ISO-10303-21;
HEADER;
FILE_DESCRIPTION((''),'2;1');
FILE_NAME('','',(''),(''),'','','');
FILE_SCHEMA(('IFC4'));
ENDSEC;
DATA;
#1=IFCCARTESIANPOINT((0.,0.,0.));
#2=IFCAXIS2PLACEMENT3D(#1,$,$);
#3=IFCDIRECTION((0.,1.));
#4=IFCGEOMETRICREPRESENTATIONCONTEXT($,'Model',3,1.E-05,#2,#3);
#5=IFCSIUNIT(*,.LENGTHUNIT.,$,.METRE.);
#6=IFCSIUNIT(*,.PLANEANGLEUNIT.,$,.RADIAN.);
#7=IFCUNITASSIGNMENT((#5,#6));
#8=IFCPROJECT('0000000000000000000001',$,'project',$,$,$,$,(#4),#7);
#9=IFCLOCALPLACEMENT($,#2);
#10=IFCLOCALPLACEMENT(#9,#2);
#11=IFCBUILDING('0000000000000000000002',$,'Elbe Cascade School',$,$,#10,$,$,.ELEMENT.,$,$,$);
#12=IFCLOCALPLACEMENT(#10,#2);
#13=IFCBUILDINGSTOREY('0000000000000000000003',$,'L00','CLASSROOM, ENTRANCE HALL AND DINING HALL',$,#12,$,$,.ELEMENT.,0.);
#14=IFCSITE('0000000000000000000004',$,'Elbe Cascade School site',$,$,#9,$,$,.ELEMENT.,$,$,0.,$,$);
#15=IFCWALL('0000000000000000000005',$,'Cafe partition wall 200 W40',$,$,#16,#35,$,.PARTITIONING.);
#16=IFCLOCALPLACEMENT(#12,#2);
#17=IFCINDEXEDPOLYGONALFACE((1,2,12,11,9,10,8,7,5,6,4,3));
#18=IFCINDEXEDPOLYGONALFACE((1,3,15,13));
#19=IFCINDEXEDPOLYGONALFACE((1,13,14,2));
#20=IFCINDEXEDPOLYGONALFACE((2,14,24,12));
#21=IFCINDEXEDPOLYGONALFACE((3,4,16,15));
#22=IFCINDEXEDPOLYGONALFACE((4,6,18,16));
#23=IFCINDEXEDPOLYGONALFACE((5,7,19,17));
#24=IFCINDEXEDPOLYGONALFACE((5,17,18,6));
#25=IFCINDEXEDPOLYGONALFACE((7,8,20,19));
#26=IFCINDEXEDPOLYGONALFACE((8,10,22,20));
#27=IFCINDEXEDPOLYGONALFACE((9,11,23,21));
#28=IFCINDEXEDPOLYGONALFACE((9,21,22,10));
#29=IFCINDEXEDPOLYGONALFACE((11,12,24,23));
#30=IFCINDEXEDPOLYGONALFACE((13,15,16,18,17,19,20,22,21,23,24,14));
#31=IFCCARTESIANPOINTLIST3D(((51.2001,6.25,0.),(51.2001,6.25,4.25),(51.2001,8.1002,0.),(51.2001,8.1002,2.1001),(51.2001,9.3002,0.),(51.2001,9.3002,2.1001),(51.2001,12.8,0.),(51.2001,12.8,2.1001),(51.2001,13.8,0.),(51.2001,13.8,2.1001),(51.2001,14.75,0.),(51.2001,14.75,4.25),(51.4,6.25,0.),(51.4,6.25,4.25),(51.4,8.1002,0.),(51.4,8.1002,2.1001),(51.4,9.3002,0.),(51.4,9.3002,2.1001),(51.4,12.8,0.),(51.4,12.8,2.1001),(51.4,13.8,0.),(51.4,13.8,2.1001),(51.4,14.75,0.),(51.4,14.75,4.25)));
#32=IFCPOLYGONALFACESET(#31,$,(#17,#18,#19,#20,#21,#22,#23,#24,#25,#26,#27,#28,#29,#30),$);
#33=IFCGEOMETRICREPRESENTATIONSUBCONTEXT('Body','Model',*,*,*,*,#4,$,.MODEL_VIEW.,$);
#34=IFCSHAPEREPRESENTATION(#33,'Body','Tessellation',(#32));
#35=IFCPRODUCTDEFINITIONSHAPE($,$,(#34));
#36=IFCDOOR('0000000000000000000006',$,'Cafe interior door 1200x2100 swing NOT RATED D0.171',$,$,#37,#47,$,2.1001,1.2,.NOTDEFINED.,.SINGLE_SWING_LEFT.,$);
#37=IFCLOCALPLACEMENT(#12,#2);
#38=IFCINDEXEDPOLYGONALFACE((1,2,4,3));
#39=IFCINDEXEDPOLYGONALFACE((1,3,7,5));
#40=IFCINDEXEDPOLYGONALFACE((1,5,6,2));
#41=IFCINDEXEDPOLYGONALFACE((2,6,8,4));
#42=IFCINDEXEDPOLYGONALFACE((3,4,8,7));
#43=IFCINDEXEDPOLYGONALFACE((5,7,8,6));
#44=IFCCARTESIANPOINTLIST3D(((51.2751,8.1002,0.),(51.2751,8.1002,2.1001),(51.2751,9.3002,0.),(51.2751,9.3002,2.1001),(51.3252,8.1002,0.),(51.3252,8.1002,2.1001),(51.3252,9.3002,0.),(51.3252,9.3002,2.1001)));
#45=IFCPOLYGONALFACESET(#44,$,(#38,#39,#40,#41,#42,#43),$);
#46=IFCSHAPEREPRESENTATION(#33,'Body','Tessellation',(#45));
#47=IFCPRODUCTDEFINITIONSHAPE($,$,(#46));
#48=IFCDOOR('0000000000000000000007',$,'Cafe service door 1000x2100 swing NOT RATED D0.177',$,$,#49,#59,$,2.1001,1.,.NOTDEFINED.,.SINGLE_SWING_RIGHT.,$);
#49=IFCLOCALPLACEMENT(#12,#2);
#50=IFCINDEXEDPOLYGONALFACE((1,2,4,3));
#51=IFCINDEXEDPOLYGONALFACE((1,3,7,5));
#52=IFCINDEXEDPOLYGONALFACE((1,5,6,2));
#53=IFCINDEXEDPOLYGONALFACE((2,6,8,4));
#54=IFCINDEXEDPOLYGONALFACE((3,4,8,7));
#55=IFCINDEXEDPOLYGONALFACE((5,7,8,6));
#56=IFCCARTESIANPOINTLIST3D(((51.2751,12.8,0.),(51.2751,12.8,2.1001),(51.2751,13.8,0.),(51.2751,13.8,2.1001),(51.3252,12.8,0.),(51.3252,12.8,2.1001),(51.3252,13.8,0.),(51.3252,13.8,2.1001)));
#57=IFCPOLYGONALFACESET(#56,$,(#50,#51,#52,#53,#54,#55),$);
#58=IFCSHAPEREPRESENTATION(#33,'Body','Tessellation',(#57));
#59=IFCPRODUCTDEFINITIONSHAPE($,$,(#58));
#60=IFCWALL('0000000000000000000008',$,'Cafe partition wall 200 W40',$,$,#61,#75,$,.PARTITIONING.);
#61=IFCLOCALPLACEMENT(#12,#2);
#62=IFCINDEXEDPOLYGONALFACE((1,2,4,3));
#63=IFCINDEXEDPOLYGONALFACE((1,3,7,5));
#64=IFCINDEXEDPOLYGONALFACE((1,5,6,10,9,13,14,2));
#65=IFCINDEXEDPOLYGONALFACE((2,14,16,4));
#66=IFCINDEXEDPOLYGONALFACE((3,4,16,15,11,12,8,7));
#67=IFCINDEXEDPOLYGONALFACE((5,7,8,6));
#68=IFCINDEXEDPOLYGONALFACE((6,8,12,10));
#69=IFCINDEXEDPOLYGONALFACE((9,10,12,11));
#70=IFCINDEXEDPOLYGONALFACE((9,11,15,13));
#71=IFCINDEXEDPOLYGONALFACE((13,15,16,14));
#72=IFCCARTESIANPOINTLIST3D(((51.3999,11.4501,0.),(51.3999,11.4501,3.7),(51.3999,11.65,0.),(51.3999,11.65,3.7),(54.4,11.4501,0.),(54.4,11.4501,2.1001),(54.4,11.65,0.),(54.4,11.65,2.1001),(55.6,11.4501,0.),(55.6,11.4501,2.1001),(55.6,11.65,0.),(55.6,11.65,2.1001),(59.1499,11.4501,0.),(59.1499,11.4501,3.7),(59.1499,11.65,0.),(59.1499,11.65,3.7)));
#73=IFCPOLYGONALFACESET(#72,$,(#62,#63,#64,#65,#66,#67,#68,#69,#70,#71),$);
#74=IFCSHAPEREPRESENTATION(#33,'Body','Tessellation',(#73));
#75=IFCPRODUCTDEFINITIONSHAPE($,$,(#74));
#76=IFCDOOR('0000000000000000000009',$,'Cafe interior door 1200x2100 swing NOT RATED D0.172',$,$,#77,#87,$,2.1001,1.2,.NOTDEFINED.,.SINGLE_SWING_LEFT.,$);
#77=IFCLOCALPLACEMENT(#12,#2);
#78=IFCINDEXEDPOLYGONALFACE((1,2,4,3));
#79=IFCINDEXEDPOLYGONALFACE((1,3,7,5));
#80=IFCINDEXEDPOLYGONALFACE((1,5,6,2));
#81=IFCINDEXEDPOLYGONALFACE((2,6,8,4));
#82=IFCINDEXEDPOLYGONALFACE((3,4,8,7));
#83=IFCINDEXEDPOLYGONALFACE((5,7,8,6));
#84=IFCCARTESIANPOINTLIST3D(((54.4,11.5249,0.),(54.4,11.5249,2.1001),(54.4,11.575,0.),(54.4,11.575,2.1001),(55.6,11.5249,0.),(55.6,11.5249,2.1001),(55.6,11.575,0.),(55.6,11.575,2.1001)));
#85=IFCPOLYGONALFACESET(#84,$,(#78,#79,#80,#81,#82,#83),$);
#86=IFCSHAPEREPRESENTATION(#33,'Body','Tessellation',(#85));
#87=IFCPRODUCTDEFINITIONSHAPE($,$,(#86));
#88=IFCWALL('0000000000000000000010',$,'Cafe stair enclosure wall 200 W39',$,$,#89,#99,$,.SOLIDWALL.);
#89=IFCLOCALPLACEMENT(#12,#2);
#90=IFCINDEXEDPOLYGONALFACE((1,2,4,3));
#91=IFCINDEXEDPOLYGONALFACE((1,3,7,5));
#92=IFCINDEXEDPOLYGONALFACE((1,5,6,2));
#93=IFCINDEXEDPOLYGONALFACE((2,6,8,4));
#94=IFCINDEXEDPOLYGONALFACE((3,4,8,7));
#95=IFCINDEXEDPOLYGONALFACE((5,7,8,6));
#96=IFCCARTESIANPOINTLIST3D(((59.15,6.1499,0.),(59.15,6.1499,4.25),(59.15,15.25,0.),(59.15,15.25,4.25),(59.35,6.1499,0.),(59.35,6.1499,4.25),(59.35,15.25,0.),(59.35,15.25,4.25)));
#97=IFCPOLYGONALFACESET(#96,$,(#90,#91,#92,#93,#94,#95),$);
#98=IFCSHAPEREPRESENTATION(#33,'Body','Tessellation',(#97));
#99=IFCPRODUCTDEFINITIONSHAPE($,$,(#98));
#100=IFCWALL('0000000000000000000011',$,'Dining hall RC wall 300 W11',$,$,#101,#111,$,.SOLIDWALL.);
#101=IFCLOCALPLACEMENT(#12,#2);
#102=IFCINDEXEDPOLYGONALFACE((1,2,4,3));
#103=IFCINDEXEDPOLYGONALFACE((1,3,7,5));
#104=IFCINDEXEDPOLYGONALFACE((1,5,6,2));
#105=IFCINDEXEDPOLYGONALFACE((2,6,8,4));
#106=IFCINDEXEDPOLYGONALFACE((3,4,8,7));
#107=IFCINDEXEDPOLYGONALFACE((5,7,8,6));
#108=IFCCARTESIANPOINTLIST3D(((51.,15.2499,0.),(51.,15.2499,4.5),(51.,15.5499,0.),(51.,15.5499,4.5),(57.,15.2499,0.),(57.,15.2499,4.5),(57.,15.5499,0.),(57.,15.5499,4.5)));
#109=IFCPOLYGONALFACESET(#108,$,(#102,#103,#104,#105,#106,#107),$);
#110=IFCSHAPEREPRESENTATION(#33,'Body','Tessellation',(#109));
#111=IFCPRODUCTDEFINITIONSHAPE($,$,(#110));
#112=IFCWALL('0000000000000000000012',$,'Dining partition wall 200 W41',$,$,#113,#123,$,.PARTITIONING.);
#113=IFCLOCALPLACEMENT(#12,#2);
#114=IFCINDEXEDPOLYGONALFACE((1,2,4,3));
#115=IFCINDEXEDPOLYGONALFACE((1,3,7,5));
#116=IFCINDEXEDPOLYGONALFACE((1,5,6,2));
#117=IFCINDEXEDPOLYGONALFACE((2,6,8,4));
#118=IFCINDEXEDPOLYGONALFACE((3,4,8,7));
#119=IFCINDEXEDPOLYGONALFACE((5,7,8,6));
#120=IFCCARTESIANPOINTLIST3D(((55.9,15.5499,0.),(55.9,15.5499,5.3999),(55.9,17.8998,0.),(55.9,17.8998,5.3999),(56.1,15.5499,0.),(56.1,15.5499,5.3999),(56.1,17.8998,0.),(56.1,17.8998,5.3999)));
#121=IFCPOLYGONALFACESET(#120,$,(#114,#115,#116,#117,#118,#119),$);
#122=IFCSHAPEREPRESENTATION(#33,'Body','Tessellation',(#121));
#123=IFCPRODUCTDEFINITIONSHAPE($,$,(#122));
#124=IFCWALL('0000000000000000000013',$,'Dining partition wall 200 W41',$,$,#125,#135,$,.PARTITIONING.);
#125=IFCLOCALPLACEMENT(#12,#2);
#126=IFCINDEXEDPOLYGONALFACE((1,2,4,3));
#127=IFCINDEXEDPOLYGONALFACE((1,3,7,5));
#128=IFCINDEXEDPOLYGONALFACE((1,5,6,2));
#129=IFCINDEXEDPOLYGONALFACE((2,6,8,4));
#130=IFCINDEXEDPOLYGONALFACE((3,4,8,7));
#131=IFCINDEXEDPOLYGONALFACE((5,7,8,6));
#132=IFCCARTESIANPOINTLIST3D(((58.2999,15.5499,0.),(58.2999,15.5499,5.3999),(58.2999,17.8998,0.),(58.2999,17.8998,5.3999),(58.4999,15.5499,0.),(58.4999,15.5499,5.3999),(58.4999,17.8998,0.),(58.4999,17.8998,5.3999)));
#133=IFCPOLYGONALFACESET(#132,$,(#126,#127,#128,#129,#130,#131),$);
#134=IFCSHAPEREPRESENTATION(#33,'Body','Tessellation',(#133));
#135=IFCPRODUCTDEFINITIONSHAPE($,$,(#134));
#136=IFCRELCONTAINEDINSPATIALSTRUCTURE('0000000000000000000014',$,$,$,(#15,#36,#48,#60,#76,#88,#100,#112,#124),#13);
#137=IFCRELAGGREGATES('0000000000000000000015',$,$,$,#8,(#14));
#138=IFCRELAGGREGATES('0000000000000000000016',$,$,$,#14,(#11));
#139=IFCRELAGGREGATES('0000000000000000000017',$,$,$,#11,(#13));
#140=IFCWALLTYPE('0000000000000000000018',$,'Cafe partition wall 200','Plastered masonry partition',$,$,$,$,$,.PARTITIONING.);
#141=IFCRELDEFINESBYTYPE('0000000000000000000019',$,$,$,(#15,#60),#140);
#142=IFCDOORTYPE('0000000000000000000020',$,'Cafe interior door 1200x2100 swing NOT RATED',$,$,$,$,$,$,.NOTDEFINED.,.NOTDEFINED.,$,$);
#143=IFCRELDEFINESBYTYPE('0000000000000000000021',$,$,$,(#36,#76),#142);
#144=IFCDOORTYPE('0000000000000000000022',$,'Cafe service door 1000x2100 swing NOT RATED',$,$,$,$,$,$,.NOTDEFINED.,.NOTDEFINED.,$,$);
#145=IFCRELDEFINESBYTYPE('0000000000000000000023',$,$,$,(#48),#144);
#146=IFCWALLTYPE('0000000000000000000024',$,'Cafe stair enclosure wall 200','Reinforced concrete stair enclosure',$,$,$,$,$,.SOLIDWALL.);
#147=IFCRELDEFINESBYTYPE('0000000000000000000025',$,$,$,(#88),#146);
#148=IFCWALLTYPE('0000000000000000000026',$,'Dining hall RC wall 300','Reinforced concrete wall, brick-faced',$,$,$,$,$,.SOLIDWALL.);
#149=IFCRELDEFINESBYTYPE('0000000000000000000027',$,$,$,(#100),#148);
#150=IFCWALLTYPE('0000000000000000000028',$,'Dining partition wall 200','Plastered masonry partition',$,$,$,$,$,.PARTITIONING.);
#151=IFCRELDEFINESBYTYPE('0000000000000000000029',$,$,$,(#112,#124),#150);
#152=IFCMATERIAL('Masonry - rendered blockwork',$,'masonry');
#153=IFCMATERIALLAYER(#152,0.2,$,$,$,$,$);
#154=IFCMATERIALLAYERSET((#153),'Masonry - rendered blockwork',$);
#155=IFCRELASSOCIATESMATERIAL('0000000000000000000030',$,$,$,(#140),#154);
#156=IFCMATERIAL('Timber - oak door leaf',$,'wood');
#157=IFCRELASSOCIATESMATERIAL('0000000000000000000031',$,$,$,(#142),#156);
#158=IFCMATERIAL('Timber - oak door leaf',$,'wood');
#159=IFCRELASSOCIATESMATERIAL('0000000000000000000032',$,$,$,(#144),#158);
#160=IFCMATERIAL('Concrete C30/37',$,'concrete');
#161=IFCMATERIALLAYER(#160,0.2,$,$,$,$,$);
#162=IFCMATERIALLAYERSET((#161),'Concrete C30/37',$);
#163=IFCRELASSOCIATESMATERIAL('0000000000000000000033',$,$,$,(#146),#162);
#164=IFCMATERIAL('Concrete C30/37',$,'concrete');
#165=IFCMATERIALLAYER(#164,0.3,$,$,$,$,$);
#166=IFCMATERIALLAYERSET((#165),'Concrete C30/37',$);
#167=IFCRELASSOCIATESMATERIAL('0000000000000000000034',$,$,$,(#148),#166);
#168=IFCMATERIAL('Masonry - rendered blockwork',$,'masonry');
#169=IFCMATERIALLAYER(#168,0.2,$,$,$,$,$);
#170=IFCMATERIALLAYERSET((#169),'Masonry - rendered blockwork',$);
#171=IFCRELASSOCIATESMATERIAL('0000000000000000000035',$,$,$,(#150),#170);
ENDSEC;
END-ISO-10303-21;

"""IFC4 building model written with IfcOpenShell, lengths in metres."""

from ifc_helpers import new_model, si_unit, direction, frame, frame_2d, origin, place, context, subcontext, project, spatial, rectangle, extrude, material, layer, layer_set, type_object, element, fill, save


model = new_model("IFC4")

# Units and contexts
model_context = context("Model", 3, precision=1e-05, world=origin(), true_north=direction((0.0, 1.0)))
body_context = subcontext(model_context, "Body", "Model", "MODEL_VIEW")
ifc_project = project(units=[si_unit("LENGTHUNIT", "METRE"), si_unit("PLANEANGLEUNIT", "RADIAN")], contexts=[model_context])

# Site, building, storey
site_placement = place(None, origin())
site = spatial("IfcSite", under=ifc_project, at=site_placement, Name="Elbe Cascade School site", CompositionType="ELEMENT", RefElevation=0.0)
building_placement = place(site_placement, origin())
building = spatial("IfcBuilding", under=site, at=building_placement, Name="Elbe Cascade School", CompositionType="ELEMENT")
storey_placement = place(building_placement, origin())
storey = spatial("IfcBuildingStorey", under=building, at=storey_placement, Name="L00", Description="CLASSROOM, ENTRANCE HALL AND DINING HALL", CompositionType="ELEMENT", Elevation=0.0)

# Wall, openings, doors
ifc_material_1 = material(Name="Masonry - rendered blockwork", Category="masonry")
ifc_layer_1 = layer(ifc_material_1, 0.2)
ifc_layer_set_1 = layer_set([ifc_layer_1], Name="Masonry - rendered blockwork")
wall_type_1 = type_object("IfcWallType", Name="Cafe partition wall 200", Description="Plastered masonry partition", PredefinedType="PARTITIONING", material=ifc_layer_set_1)
wall_1_placement = place(storey_placement, frame((51.3, 6.25, 0.0), z_axis=(0.0, 0.0, 1.0), x_axis=(0.0, 1.0, 0.0)))
wall_1 = element("IfcWall", 1, at=wall_1_placement, inside=storey, type_object=wall_type_1, Name="Cafe partition wall 200 W40", PredefinedType="PARTITIONING", context=body_context, shape_type="SweptSolid", body=[
    extrude(rectangle(XDim=8.5, YDim=0.2, at=frame_2d((4.25, 0.0))), origin(), (0.0, 0.0, 1.0), 4.25),
])
opening_1_placement = place(wall_1_placement, frame((1.8501, 0.0, 0.0)))
opening_1 = element("IfcOpeningElement", 2, at=opening_1_placement, cuts=wall_1, PredefinedType="OPENING", context=body_context, shape_type="SweptSolid", body=[
    extrude(rectangle(XDim=1.2, YDim=2.1001, at=frame_2d((0.6001, 1.05))), frame((0.0, 0.1099, 0.0), z_axis=(0.0, -1.0, 0.0), x_axis=(1.0, 0.0, 0.0)), (0.0, 0.0, 1.0), 0.22),
])
opening_2_placement = place(wall_1_placement, frame((6.55, 0.0, 0.0)))
opening_2 = element("IfcOpeningElement", 3, at=opening_2_placement, cuts=wall_1, PredefinedType="OPENING", context=body_context, shape_type="SweptSolid", body=[
    extrude(rectangle(XDim=1.0, YDim=2.1001, at=frame_2d((0.5, 1.05))), frame((0.0, 0.1099, 0.0), z_axis=(0.0, -1.0, 0.0), x_axis=(1.0, 0.0, 0.0)), (0.0, 0.0, 1.0), 0.22),
])
ifc_material_2 = material(Name="Timber - oak door leaf", Category="wood")
door_type_1 = type_object("IfcDoorType", Name="Cafe interior door 1200x2100 swing NOT RATED", OperationType="NOTDEFINED", PredefinedType="NOTDEFINED", material=ifc_material_2)
door_1_placement = place(opening_1_placement, origin())
door_1 = element("IfcDoor", 4, at=door_1_placement, inside=storey, type_object=door_type_1, Name="Cafe interior door 1200x2100 swing NOT RATED D0.171", OperationType="SINGLE_SWING_LEFT", OverallHeight=2.1001, OverallWidth=1.2, PredefinedType="NOTDEFINED", context=body_context, shape_type="SweptSolid", body=[
    extrude(rectangle(XDim=1.2, YDim=2.1001, at=frame_2d((0.6001, 1.05))), frame((0.0, 0.0249, 0.0), z_axis=(0.0, -1.0, 0.0), x_axis=(1.0, 0.0, 0.0)), (0.0, 0.0, 1.0), 0.05),
])
fill(opening_1, door_1)
ifc_material_3 = material(Name="Timber - oak door leaf", Category="wood")
door_type_2 = type_object("IfcDoorType", Name="Cafe service door 1000x2100 swing NOT RATED", OperationType="NOTDEFINED", PredefinedType="NOTDEFINED", material=ifc_material_3)
door_2_placement = place(opening_2_placement, origin())
door_2 = element("IfcDoor", 5, at=door_2_placement, inside=storey, type_object=door_type_2, Name="Cafe service door 1000x2100 swing NOT RATED D0.177", OperationType="SINGLE_SWING_RIGHT", OverallHeight=2.1001, OverallWidth=1.0, PredefinedType="NOTDEFINED", context=body_context, shape_type="SweptSolid", body=[
    extrude(rectangle(XDim=1.0, YDim=2.1001, at=frame_2d((0.5, 1.05))), frame((0.0, 0.0249, 0.0), z_axis=(0.0, -1.0, 0.0), x_axis=(1.0, 0.0, 0.0)), (0.0, 0.0, 1.0), 0.05),
])
fill(opening_2, door_2)

# Wall, opening, door
wall_2_placement = place(storey_placement, frame((51.3999, 11.55, 0.0), z_axis=(0.0, 0.0, 1.0), x_axis=(1.0, 0.0, 0.0)))
wall_2 = element("IfcWall", 6, at=wall_2_placement, inside=storey, type_object=wall_type_1, Name="Cafe partition wall 200 W40", PredefinedType="PARTITIONING", context=body_context, shape_type="SweptSolid", body=[
    extrude(rectangle(XDim=7.75, YDim=0.2, at=frame_2d((3.875, 0.0))), origin(), (0.0, 0.0, 1.0), 3.7),
])
opening_3_placement = place(wall_2_placement, frame((3.0, 0.0, 0.0)))
opening_3 = element("IfcOpeningElement", 7, at=opening_3_placement, cuts=wall_2, PredefinedType="OPENING", context=body_context, shape_type="SweptSolid", body=[
    extrude(rectangle(XDim=1.2, YDim=2.1001, at=frame_2d((0.6001, 1.05))), frame((0.0, 0.1099, 0.0), z_axis=(0.0, -1.0, 0.0), x_axis=(1.0, 0.0, 0.0)), (0.0, 0.0, 1.0), 0.22),
])
door_3_placement = place(opening_3_placement, origin())
door_3 = element("IfcDoor", 8, at=door_3_placement, inside=storey, type_object=door_type_1, Name="Cafe interior door 1200x2100 swing NOT RATED D0.172", OperationType="SINGLE_SWING_LEFT", OverallHeight=2.1001, OverallWidth=1.2, PredefinedType="NOTDEFINED", context=body_context, shape_type="SweptSolid", body=[
    extrude(rectangle(XDim=1.2, YDim=2.1001, at=frame_2d((0.6001, 1.05))), frame((0.0, 0.0249, 0.0), z_axis=(0.0, -1.0, 0.0), x_axis=(1.0, 0.0, 0.0)), (0.0, 0.0, 1.0), 0.05),
])
fill(opening_3, door_3)

# Wall
ifc_material_4 = material(Name="Concrete C30/37", Category="concrete")
ifc_layer_2 = layer(ifc_material_4, 0.2)
ifc_layer_set_2 = layer_set([ifc_layer_2], Name="Concrete C30/37")
wall_type_2 = type_object("IfcWallType", Name="Cafe stair enclosure wall 200", Description="Reinforced concrete stair enclosure", PredefinedType="SOLIDWALL", material=ifc_layer_set_2)
wall_3_placement = place(storey_placement, frame((59.25, 6.1499, 0.0), z_axis=(0.0, 0.0, 1.0), x_axis=(0.0, 1.0, 0.0)))
element("IfcWall", 9, at=wall_3_placement, inside=storey, type_object=wall_type_2, Name="Cafe stair enclosure wall 200 W39", PredefinedType="SOLIDWALL", context=body_context, shape_type="SweptSolid", body=[
    extrude(rectangle(XDim=9.1001, YDim=0.2, at=frame_2d((4.55, 0.0))), origin(), (0.0, 0.0, 1.0), 4.25),
])

# Shared definitions
ifc_material_5 = material(Name="Concrete C30/37", Category="concrete")
ifc_layer_3 = layer(ifc_material_5, 0.3)
ifc_layer_set_3 = layer_set([ifc_layer_3], Name="Concrete C30/37")
wall_type_3 = type_object("IfcWallType", Name="Dining hall RC wall 300", Description="Reinforced concrete wall, brick-faced", PredefinedType="SOLIDWALL", material=ifc_layer_set_3)

# Walls
wall_4_placement = place(storey_placement, frame((57.0, 15.3999, 0.0), z_axis=(0.0, 0.0, 1.0), x_axis=(-1.0, 0.0, 0.0)))
element("IfcWall", 10, at=wall_4_placement, inside=storey, type_object=wall_type_3, Name="Dining hall RC wall 300 W11", PredefinedType="SOLIDWALL", context=body_context, shape_type="SweptSolid", body=[
    extrude(rectangle(XDim=6.0, YDim=0.3, at=frame_2d((3.0, 0.0))), origin(), (0.0, 0.0, 1.0), 4.5),
])
ifc_material_6 = material(Name="Masonry - rendered blockwork", Category="masonry")
ifc_layer_4 = layer(ifc_material_6, 0.2)
ifc_layer_set_4 = layer_set([ifc_layer_4], Name="Masonry - rendered blockwork")
wall_type_4 = type_object("IfcWallType", Name="Dining partition wall 200", Description="Plastered masonry partition", PredefinedType="PARTITIONING", material=ifc_layer_set_4)
for number, where, z_axis, x_axis, name in (
    (11, (56.0, 15.55, 0.0), (0.0, 0.0, 1.0), (0.0, 1.0, 0.0), "Dining partition wall 200 W41"),
    (12, (58.3999, 15.55, 0.0), (0.0, 0.0, 1.0), (0.0, 1.0, 0.0), "Dining partition wall 200 W41"),
):
    element("IfcWall", number, at=place(storey_placement, frame(where, z_axis=z_axis, x_axis=x_axis)), inside=storey, type_object=wall_type_4, Name=name, PredefinedType="PARTITIONING", context=body_context, shape_type="SweptSolid", body=[
        extrude(rectangle(XDim=2.3499, YDim=0.2, at=frame_2d((1.1748, 0.0))), origin(), (0.0, 0.0, 1.0), 5.3999),
    ])

save(model, "model.ifc")
